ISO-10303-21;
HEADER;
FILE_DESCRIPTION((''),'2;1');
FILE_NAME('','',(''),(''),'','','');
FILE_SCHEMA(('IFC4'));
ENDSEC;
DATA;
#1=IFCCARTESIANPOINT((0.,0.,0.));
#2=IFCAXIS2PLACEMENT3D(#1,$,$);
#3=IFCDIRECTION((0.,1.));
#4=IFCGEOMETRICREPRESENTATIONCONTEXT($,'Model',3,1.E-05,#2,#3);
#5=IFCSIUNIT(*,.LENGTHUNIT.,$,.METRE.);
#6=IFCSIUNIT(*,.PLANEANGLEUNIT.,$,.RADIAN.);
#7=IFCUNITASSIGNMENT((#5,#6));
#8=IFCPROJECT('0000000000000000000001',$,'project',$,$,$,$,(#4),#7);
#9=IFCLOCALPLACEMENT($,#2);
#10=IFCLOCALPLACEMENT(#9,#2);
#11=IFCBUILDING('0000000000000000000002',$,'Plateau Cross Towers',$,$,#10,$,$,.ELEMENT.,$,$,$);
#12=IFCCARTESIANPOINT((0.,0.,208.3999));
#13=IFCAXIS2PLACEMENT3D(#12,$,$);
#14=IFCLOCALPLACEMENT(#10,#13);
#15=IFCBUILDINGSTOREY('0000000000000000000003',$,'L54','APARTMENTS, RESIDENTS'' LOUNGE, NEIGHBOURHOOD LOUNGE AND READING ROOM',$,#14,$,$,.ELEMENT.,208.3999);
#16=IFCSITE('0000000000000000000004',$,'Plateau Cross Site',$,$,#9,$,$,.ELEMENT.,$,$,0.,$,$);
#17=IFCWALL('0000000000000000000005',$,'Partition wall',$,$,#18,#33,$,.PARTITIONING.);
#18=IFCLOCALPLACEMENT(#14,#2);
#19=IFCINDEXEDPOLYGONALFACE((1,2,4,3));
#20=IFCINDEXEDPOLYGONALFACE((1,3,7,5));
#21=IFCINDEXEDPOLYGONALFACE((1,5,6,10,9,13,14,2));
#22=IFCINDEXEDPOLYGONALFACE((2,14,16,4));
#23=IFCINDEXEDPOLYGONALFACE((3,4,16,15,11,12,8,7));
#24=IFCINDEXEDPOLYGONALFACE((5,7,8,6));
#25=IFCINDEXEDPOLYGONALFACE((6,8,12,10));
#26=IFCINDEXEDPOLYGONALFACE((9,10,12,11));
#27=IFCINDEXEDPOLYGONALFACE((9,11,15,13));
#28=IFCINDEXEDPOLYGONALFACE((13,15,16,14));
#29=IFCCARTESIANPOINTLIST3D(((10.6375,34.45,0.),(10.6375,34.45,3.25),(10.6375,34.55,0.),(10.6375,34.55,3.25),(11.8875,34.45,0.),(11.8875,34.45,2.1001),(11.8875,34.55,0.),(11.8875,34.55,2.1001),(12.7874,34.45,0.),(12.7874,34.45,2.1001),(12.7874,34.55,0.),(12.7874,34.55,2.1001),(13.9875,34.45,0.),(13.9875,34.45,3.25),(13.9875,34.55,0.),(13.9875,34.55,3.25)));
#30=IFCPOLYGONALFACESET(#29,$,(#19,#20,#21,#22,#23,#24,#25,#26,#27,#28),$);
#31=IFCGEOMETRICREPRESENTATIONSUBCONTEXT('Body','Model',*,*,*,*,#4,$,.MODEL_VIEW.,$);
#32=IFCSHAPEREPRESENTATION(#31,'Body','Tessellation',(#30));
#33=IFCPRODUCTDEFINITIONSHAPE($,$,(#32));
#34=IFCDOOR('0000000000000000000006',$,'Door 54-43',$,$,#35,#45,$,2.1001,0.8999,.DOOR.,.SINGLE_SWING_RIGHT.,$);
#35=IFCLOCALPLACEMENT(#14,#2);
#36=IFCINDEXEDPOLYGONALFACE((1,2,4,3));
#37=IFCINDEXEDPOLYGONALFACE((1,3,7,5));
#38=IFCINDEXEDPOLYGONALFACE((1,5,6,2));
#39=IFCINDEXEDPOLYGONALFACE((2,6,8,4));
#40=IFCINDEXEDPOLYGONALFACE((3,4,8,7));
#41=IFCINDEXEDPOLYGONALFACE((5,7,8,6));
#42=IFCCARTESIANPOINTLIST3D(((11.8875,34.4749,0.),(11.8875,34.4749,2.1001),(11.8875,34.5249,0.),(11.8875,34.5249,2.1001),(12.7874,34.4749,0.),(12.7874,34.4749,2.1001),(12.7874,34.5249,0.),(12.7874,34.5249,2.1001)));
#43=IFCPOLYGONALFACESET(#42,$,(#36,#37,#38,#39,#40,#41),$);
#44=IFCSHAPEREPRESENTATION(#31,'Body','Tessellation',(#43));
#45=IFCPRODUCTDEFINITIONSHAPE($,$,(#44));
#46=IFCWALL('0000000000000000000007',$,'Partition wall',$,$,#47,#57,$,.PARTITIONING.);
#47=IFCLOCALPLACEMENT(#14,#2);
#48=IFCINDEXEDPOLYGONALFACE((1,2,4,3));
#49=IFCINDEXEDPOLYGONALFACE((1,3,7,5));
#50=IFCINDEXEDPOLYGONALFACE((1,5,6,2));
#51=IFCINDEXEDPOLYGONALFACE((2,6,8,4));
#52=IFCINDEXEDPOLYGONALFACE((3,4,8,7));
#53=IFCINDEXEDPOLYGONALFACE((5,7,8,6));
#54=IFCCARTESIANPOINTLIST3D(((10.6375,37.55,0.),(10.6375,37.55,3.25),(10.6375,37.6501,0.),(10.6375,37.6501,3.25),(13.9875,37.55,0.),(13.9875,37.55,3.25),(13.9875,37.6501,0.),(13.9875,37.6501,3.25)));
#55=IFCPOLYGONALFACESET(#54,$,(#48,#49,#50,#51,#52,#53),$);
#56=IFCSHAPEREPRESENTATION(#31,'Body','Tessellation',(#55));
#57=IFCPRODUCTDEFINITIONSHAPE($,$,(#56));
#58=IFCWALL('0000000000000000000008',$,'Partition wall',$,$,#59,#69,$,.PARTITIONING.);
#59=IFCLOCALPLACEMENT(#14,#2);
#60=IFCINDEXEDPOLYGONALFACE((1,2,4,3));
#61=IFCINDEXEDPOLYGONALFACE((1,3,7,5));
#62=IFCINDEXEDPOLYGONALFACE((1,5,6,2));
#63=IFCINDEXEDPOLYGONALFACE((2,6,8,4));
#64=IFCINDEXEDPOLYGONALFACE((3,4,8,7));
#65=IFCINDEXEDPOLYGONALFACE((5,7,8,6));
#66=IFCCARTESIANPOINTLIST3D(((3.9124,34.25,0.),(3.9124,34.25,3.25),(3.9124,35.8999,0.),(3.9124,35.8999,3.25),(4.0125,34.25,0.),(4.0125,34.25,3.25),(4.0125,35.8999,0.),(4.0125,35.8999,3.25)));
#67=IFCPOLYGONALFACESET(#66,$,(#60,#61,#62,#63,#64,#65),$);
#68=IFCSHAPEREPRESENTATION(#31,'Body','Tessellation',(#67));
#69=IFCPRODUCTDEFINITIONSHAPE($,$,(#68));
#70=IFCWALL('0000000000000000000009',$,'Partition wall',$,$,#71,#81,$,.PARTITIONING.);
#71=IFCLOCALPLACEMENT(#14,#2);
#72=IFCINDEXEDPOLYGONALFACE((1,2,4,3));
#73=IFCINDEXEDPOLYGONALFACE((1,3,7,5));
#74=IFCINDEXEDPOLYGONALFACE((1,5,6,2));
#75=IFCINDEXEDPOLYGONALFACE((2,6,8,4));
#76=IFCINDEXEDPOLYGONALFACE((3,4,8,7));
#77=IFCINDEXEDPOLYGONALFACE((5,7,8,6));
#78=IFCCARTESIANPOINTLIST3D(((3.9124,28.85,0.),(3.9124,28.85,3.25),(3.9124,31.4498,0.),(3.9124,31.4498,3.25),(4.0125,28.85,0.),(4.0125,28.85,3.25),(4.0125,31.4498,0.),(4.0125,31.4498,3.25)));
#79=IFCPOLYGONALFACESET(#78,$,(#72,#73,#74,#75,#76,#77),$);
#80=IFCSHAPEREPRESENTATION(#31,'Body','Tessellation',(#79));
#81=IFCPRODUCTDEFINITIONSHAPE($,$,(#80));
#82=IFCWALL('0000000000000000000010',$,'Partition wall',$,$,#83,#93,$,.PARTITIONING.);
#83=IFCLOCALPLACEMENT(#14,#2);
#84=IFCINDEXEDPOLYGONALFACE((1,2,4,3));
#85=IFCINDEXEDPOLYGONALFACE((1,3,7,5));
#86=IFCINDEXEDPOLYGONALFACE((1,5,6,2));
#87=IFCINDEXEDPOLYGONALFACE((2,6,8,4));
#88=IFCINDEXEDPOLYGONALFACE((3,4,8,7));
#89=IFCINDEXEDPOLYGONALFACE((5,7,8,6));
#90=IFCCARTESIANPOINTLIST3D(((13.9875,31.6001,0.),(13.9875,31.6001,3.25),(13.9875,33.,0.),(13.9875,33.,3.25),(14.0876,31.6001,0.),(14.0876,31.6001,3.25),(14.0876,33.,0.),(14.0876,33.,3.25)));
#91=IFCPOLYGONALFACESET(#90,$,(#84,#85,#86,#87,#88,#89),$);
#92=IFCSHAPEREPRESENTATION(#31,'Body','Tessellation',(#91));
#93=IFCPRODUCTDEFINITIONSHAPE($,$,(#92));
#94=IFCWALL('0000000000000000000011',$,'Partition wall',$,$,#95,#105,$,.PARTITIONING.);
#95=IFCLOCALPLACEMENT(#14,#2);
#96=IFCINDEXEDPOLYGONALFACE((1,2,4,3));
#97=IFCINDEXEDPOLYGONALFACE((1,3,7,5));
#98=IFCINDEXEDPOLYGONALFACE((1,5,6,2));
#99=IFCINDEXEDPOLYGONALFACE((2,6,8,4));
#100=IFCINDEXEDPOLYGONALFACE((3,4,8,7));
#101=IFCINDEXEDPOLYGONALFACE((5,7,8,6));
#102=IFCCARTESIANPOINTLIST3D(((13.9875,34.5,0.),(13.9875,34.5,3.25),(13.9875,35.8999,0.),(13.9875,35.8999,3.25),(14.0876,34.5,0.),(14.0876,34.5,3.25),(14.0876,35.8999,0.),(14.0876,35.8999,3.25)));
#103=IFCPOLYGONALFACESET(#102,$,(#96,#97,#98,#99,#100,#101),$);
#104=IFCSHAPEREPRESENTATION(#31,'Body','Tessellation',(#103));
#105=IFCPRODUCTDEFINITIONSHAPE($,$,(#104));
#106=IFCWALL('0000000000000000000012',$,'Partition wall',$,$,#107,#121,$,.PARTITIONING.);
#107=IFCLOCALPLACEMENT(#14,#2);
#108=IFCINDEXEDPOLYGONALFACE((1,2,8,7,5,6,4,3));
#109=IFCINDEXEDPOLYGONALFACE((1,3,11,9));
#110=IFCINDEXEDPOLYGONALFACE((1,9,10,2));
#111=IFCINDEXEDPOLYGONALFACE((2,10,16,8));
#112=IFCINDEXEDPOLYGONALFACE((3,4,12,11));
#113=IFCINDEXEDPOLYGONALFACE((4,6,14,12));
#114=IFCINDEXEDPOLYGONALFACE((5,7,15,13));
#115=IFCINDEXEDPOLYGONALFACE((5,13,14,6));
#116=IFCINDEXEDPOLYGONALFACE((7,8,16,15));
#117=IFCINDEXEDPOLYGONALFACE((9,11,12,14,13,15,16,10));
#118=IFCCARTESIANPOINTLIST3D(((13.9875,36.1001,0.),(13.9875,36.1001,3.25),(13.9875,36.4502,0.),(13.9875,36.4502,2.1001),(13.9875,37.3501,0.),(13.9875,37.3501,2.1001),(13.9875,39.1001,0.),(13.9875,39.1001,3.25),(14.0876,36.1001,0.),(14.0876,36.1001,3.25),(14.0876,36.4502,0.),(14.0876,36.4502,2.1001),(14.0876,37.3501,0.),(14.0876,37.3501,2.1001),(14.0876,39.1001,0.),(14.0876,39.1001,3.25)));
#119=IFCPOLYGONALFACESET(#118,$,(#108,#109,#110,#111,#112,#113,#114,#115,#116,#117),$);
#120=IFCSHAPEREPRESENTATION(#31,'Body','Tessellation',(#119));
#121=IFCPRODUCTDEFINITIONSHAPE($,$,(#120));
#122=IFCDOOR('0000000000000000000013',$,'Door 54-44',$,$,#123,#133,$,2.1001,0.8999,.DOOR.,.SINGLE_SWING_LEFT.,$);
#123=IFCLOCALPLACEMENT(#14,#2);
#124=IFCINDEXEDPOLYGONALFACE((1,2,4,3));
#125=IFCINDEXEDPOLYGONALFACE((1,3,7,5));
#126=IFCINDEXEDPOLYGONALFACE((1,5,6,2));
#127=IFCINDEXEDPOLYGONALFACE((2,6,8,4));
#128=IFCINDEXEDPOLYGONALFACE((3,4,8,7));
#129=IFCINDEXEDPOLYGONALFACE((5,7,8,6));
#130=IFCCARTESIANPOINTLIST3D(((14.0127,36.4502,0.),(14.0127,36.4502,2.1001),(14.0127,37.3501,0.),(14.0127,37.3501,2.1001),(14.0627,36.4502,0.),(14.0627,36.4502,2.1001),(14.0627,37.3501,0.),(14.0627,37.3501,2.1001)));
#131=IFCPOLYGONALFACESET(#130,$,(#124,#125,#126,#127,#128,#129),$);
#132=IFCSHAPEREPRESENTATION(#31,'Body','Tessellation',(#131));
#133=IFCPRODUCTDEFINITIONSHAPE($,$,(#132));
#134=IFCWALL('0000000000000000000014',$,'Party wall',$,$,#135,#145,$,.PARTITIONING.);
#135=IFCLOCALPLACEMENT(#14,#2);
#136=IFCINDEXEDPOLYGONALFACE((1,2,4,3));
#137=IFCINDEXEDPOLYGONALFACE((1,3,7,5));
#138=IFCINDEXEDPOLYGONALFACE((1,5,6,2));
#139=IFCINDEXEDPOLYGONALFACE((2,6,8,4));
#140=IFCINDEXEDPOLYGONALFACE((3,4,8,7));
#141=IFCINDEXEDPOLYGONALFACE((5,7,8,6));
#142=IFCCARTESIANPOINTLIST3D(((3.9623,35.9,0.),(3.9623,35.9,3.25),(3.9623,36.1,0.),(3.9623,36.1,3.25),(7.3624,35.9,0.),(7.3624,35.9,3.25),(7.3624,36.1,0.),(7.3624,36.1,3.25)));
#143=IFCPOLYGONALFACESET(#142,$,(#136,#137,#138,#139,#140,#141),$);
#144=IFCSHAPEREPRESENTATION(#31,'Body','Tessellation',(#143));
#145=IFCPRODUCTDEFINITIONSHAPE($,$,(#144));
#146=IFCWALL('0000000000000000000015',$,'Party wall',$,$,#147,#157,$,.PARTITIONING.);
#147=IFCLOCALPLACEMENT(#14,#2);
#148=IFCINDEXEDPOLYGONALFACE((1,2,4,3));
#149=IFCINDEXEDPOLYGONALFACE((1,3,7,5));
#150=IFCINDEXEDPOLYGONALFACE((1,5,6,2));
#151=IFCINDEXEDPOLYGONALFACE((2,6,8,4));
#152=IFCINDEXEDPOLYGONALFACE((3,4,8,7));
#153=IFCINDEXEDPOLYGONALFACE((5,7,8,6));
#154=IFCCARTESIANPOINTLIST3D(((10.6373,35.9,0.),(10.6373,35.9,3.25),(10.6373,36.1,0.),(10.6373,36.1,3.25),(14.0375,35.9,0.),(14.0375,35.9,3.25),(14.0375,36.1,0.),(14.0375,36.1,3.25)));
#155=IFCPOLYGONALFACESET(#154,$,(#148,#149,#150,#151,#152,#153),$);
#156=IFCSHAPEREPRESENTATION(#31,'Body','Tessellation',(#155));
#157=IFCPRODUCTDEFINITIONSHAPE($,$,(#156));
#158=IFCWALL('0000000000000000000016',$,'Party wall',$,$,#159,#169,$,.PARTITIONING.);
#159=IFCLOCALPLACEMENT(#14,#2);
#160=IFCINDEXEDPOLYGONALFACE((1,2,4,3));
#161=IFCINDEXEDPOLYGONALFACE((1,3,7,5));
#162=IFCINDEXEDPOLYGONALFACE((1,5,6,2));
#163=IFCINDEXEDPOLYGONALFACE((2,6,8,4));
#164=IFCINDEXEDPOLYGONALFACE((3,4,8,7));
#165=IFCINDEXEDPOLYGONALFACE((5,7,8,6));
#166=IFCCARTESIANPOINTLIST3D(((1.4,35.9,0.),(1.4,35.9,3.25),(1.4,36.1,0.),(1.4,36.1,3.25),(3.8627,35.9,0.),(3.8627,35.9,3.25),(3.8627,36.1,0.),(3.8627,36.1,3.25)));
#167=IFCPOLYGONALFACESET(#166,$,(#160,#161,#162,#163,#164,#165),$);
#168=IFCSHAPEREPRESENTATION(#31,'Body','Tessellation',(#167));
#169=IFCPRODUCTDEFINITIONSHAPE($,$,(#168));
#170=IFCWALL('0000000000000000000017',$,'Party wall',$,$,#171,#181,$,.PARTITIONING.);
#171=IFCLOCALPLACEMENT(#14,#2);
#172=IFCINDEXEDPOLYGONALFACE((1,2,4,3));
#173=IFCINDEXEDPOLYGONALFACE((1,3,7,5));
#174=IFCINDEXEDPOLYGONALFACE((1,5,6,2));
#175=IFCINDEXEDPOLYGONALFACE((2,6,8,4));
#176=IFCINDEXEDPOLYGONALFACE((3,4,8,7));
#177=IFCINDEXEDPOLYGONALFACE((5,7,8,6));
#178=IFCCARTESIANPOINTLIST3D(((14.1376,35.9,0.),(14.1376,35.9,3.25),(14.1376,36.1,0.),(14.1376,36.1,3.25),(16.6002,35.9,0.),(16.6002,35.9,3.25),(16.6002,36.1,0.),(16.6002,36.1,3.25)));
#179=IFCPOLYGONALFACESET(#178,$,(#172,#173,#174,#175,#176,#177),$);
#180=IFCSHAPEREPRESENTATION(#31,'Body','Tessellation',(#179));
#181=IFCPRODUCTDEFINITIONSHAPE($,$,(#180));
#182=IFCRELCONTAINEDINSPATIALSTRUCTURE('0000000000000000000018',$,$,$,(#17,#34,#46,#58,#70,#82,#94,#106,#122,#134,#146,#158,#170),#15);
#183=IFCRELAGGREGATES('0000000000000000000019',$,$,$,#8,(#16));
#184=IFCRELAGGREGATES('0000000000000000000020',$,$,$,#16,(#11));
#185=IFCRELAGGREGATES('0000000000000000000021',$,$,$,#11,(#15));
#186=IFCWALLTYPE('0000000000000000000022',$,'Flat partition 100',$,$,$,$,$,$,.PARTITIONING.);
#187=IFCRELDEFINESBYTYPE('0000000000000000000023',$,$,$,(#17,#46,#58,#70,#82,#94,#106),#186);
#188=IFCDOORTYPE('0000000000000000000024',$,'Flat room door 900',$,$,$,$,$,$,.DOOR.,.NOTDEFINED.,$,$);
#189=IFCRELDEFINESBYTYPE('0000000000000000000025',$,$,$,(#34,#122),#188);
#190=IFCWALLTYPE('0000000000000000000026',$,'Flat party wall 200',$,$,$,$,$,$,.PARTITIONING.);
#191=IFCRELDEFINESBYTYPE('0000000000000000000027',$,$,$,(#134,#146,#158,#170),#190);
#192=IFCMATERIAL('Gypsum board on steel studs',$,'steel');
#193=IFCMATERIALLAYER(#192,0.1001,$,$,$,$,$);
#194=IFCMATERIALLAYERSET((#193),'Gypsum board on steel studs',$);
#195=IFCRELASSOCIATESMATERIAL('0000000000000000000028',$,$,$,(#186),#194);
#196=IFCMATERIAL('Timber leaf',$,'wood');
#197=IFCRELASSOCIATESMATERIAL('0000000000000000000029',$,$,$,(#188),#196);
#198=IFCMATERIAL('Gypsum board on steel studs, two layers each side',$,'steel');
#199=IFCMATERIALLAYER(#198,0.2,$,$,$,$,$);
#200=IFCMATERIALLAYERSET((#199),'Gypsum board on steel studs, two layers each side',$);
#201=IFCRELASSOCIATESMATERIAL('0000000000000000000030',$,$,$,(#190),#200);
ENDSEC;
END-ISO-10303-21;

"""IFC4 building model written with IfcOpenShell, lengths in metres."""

from ifc_helpers import new_model, si_unit, direction, frame, frame_2d, origin, place, context, subcontext, project, spatial, rectangle, extrude, material, layer, layer_set, type_object, element, fill, save


model = new_model("IFC4")

# Units and contexts
model_context = context("Model", 3, precision=1e-05, world=origin(), true_north=direction((0.0, 1.0)))
body_context = subcontext(model_context, "Body", "Model", "MODEL_VIEW")
ifc_project = project(units=[si_unit("LENGTHUNIT", "METRE"), si_unit("PLANEANGLEUNIT", "RADIAN")], contexts=[model_context])

# Site, building, storey
site_placement = place(None, origin())
site = spatial("IfcSite", under=ifc_project, at=site_placement, Name="Plateau Cross Site", CompositionType="ELEMENT", RefElevation=0.0)
building_placement = place(site_placement, origin())
building = spatial("IfcBuilding", under=site, at=building_placement, Name="Plateau Cross Towers", CompositionType="ELEMENT")
storey_placement = place(building_placement, frame((0.0, 0.0, 208.3999)))
storey = spatial("IfcBuildingStorey", under=building, at=storey_placement, Name="L54", Description="APARTMENTS, RESIDENTS' LOUNGE, NEIGHBOURHOOD LOUNGE AND READING ROOM", CompositionType="ELEMENT", Elevation=208.3999)

# Wall, opening, door
ifc_material_1 = material(Name="Gypsum board on steel studs", Category="steel")
ifc_layer_1 = layer(ifc_material_1, 0.1001)
ifc_layer_set_1 = layer_set([ifc_layer_1], Name="Gypsum board on steel studs")
wall_type_1 = type_object("IfcWallType", Name="Flat partition 100", PredefinedType="PARTITIONING", material=ifc_layer_set_1)
ifc_material_2 = material(Name="Timber leaf", Category="wood")
door_type_1 = type_object("IfcDoorType", Name="Flat room door 900", OperationType="NOTDEFINED", PredefinedType="DOOR", material=ifc_material_2)
wall_1_placement = place(storey_placement, frame((10.6375, 34.5, 0.0), z_axis=(0.0, 0.0, 1.0), x_axis=(1.0, 0.0, 0.0)))
wall_1 = element("IfcWall", 1, at=wall_1_placement, inside=storey, type_object=wall_type_1, Name="Partition wall", PredefinedType="PARTITIONING", context=body_context, shape_type="SweptSolid", body=[
    extrude(rectangle(XDim=3.3501, YDim=0.1001, at=frame_2d((1.675, 0.0))), origin(), (0.0, 0.0, 1.0), 3.25),
])
opening_1_placement = place(wall_1_placement, frame((1.25, 0.0, 0.0)))
opening_1 = element("IfcOpeningElement", 2, at=opening_1_placement, cuts=wall_1, PredefinedType="OPENING", context=body_context, shape_type="SweptSolid", body=[
    extrude(rectangle(XDim=0.8999, YDim=2.1001, at=frame_2d((0.45, 1.05))), frame((0.0, 0.0601, 0.0), z_axis=(0.0, -1.0, 0.0), x_axis=(1.0, 0.0, 0.0)), (0.0, 0.0, 1.0), 0.1201),
])
door_1_placement = place(opening_1_placement, origin())
door_1 = element("IfcDoor", 3, at=door_1_placement, inside=storey, type_object=door_type_1, Name="Door 54-43", OperationType="SINGLE_SWING_RIGHT", OverallHeight=2.1001, OverallWidth=0.8999, PredefinedType="DOOR", context=body_context, shape_type="SweptSolid", body=[
    extrude(rectangle(XDim=0.8999, YDim=2.1001, at=frame_2d((0.45, 1.05))), frame((0.0, 0.0249, 0.0), z_axis=(0.0, -1.0, 0.0), x_axis=(1.0, 0.0, 0.0)), (0.0, 0.0, 1.0), 0.05),
])
fill(opening_1, door_1)

# Walls
wall_2_placement = place(storey_placement, frame((13.9875, 37.6001, 0.0), z_axis=(0.0, 0.0, 1.0), x_axis=(-1.0, 0.0, 0.0)))
element("IfcWall", 4, at=wall_2_placement, inside=storey, type_object=wall_type_1, Name="Partition wall", PredefinedType="PARTITIONING", context=body_context, shape_type="SweptSolid", body=[
    extrude(rectangle(XDim=3.3501, YDim=0.1001, at=frame_2d((1.675, 0.0))), origin(), (0.0, 0.0, 1.0), 3.25),
])
wall_3_placement = place(storey_placement, frame((3.9624, 35.8999, 0.0), z_axis=(0.0, 0.0, 1.0), x_axis=(0.0, -1.0, 0.0)))
element("IfcWall", 5, at=wall_3_placement, inside=storey, type_object=wall_type_1, Name="Partition wall", PredefinedType="PARTITIONING", context=body_context, shape_type="SweptSolid", body=[
    extrude(rectangle(XDim=1.6499, YDim=0.1001, at=frame_2d((0.825, 0.0))), origin(), (0.0, 0.0, 1.0), 3.25),
])
wall_4_placement = place(storey_placement, frame((3.9624, 28.8501, 0.0), z_axis=(0.0, 0.0, 1.0), x_axis=(0.0, 1.0, 0.0)))
element("IfcWall", 6, at=wall_4_placement, inside=storey, type_object=wall_type_1, Name="Partition wall", PredefinedType="PARTITIONING", context=body_context, shape_type="SweptSolid", body=[
    extrude(rectangle(XDim=2.5999, YDim=0.1001, at=frame_2d((1.2998, 0.0))), origin(), (0.0, 0.0, 1.0), 3.25),
])
for number, where, z_axis, x_axis, name in (
    (7, (14.0376, 31.6001, 0.0), (0.0, 0.0, 1.0), (0.0, 1.0, 0.0), "Partition wall"),
    (8, (14.0376, 34.5, 0.0), (0.0, 0.0, 1.0), (0.0, 1.0, 0.0), "Partition wall"),
):
    element("IfcWall", number, at=place(storey_placement, frame(where, z_axis=z_axis, x_axis=x_axis)), inside=storey, type_object=wall_type_1, Name=name, PredefinedType="PARTITIONING", context=body_context, shape_type="SweptSolid", body=[
        extrude(rectangle(XDim=1.3999, YDim=0.1001, at=frame_2d((0.7, 0.0))), origin(), (0.0, 0.0, 1.0), 3.25),
    ])

# Wall, opening, door
wall_5_placement = place(storey_placement, frame((14.0376, 36.1001, 0.0), z_axis=(0.0, 0.0, 1.0), x_axis=(0.0, 1.0, 0.0)))
wall_5 = element("IfcWall", 9, at=wall_5_placement, inside=storey, type_object=wall_type_1, Name="Partition wall", PredefinedType="PARTITIONING", context=body_context, shape_type="SweptSolid", body=[
    extrude(rectangle(XDim=3.0, YDim=0.1001, at=frame_2d((1.5, 0.0))), origin(), (0.0, 0.0, 1.0), 3.25),
])
opening_2_placement = place(wall_5_placement, frame((0.3501, 0.0, 0.0)))
opening_2 = element("IfcOpeningElement", 10, at=opening_2_placement, cuts=wall_5, PredefinedType="OPENING", context=body_context, shape_type="SweptSolid", body=[
    extrude(rectangle(XDim=0.8999, YDim=2.1001, at=frame_2d((0.45, 1.05))), frame((0.0, 0.0601, 0.0), z_axis=(0.0, -1.0, 0.0), x_axis=(1.0, 0.0, 0.0)), (0.0, 0.0, 1.0), 0.1201),
])
door_2_placement = place(opening_2_placement, origin())
door_2 = element("IfcDoor", 11, at=door_2_placement, inside=storey, type_object=door_type_1, Name="Door 54-44", OperationType="SINGLE_SWING_LEFT", OverallHeight=2.1001, OverallWidth=0.8999, PredefinedType="DOOR", context=body_context, shape_type="SweptSolid", body=[
    extrude(rectangle(XDim=0.8999, YDim=2.1001, at=frame_2d((0.45, 1.05))), frame((0.0, 0.0249, 0.0), z_axis=(0.0, -1.0, 0.0), x_axis=(1.0, 0.0, 0.0)), (0.0, 0.0, 1.0), 0.05),
])
fill(opening_2, door_2)

# Walls
ifc_material_3 = material(Name="Gypsum board on steel studs, two layers each side", Category="steel")
ifc_layer_2 = layer(ifc_material_3, 0.2)
ifc_layer_set_2 = layer_set([ifc_layer_2], Name="Gypsum board on steel studs, two layers each side")
wall_type_2 = type_object("IfcWallType", Name="Flat party wall 200", PredefinedType="PARTITIONING", material=ifc_layer_set_2)
for number, where, z_axis, x_axis, name in (
    (12, (7.3625, 36.0, 0.0), (0.0, 0.0, 1.0), (-1.0, 0.0, 0.0), "Party wall"),
    (13, (14.0376, 36.0, 0.0), (0.0, 0.0, 1.0), (-1.0, 0.0, 0.0), "Party wall"),
):
    element("IfcWall", number, at=place(storey_placement, frame(where, z_axis=z_axis, x_axis=x_axis)), inside=storey, type_object=wall_type_2, Name=name, PredefinedType="PARTITIONING", context=body_context, shape_type="SweptSolid", body=[
        extrude(rectangle(XDim=3.4001, YDim=0.2, at=frame_2d((1.7002, 0.0))), origin(), (0.0, 0.0, 1.0), 3.25),
    ])
for number, where, z_axis, x_axis, name in (
    (14, (1.3999, 36.0, 0.0), (0.0, 0.0, 1.0), (1.0, 0.0, 0.0), "Party wall"),
    (15, (14.1375, 36.0, 0.0), (0.0, 0.0, 1.0), (1.0, 0.0, 0.0), "Party wall"),
):
    element("IfcWall", number, at=place(storey_placement, frame(where, z_axis=z_axis, x_axis=x_axis)), inside=storey, type_object=wall_type_2, Name=name, PredefinedType="PARTITIONING", context=body_context, shape_type="SweptSolid", body=[
        extrude(rectangle(XDim=2.4626, YDim=0.2, at=frame_2d((1.2314, 0.0))), origin(), (0.0, 0.0, 1.0), 3.25),
    ])

save(model, "model.ifc")
